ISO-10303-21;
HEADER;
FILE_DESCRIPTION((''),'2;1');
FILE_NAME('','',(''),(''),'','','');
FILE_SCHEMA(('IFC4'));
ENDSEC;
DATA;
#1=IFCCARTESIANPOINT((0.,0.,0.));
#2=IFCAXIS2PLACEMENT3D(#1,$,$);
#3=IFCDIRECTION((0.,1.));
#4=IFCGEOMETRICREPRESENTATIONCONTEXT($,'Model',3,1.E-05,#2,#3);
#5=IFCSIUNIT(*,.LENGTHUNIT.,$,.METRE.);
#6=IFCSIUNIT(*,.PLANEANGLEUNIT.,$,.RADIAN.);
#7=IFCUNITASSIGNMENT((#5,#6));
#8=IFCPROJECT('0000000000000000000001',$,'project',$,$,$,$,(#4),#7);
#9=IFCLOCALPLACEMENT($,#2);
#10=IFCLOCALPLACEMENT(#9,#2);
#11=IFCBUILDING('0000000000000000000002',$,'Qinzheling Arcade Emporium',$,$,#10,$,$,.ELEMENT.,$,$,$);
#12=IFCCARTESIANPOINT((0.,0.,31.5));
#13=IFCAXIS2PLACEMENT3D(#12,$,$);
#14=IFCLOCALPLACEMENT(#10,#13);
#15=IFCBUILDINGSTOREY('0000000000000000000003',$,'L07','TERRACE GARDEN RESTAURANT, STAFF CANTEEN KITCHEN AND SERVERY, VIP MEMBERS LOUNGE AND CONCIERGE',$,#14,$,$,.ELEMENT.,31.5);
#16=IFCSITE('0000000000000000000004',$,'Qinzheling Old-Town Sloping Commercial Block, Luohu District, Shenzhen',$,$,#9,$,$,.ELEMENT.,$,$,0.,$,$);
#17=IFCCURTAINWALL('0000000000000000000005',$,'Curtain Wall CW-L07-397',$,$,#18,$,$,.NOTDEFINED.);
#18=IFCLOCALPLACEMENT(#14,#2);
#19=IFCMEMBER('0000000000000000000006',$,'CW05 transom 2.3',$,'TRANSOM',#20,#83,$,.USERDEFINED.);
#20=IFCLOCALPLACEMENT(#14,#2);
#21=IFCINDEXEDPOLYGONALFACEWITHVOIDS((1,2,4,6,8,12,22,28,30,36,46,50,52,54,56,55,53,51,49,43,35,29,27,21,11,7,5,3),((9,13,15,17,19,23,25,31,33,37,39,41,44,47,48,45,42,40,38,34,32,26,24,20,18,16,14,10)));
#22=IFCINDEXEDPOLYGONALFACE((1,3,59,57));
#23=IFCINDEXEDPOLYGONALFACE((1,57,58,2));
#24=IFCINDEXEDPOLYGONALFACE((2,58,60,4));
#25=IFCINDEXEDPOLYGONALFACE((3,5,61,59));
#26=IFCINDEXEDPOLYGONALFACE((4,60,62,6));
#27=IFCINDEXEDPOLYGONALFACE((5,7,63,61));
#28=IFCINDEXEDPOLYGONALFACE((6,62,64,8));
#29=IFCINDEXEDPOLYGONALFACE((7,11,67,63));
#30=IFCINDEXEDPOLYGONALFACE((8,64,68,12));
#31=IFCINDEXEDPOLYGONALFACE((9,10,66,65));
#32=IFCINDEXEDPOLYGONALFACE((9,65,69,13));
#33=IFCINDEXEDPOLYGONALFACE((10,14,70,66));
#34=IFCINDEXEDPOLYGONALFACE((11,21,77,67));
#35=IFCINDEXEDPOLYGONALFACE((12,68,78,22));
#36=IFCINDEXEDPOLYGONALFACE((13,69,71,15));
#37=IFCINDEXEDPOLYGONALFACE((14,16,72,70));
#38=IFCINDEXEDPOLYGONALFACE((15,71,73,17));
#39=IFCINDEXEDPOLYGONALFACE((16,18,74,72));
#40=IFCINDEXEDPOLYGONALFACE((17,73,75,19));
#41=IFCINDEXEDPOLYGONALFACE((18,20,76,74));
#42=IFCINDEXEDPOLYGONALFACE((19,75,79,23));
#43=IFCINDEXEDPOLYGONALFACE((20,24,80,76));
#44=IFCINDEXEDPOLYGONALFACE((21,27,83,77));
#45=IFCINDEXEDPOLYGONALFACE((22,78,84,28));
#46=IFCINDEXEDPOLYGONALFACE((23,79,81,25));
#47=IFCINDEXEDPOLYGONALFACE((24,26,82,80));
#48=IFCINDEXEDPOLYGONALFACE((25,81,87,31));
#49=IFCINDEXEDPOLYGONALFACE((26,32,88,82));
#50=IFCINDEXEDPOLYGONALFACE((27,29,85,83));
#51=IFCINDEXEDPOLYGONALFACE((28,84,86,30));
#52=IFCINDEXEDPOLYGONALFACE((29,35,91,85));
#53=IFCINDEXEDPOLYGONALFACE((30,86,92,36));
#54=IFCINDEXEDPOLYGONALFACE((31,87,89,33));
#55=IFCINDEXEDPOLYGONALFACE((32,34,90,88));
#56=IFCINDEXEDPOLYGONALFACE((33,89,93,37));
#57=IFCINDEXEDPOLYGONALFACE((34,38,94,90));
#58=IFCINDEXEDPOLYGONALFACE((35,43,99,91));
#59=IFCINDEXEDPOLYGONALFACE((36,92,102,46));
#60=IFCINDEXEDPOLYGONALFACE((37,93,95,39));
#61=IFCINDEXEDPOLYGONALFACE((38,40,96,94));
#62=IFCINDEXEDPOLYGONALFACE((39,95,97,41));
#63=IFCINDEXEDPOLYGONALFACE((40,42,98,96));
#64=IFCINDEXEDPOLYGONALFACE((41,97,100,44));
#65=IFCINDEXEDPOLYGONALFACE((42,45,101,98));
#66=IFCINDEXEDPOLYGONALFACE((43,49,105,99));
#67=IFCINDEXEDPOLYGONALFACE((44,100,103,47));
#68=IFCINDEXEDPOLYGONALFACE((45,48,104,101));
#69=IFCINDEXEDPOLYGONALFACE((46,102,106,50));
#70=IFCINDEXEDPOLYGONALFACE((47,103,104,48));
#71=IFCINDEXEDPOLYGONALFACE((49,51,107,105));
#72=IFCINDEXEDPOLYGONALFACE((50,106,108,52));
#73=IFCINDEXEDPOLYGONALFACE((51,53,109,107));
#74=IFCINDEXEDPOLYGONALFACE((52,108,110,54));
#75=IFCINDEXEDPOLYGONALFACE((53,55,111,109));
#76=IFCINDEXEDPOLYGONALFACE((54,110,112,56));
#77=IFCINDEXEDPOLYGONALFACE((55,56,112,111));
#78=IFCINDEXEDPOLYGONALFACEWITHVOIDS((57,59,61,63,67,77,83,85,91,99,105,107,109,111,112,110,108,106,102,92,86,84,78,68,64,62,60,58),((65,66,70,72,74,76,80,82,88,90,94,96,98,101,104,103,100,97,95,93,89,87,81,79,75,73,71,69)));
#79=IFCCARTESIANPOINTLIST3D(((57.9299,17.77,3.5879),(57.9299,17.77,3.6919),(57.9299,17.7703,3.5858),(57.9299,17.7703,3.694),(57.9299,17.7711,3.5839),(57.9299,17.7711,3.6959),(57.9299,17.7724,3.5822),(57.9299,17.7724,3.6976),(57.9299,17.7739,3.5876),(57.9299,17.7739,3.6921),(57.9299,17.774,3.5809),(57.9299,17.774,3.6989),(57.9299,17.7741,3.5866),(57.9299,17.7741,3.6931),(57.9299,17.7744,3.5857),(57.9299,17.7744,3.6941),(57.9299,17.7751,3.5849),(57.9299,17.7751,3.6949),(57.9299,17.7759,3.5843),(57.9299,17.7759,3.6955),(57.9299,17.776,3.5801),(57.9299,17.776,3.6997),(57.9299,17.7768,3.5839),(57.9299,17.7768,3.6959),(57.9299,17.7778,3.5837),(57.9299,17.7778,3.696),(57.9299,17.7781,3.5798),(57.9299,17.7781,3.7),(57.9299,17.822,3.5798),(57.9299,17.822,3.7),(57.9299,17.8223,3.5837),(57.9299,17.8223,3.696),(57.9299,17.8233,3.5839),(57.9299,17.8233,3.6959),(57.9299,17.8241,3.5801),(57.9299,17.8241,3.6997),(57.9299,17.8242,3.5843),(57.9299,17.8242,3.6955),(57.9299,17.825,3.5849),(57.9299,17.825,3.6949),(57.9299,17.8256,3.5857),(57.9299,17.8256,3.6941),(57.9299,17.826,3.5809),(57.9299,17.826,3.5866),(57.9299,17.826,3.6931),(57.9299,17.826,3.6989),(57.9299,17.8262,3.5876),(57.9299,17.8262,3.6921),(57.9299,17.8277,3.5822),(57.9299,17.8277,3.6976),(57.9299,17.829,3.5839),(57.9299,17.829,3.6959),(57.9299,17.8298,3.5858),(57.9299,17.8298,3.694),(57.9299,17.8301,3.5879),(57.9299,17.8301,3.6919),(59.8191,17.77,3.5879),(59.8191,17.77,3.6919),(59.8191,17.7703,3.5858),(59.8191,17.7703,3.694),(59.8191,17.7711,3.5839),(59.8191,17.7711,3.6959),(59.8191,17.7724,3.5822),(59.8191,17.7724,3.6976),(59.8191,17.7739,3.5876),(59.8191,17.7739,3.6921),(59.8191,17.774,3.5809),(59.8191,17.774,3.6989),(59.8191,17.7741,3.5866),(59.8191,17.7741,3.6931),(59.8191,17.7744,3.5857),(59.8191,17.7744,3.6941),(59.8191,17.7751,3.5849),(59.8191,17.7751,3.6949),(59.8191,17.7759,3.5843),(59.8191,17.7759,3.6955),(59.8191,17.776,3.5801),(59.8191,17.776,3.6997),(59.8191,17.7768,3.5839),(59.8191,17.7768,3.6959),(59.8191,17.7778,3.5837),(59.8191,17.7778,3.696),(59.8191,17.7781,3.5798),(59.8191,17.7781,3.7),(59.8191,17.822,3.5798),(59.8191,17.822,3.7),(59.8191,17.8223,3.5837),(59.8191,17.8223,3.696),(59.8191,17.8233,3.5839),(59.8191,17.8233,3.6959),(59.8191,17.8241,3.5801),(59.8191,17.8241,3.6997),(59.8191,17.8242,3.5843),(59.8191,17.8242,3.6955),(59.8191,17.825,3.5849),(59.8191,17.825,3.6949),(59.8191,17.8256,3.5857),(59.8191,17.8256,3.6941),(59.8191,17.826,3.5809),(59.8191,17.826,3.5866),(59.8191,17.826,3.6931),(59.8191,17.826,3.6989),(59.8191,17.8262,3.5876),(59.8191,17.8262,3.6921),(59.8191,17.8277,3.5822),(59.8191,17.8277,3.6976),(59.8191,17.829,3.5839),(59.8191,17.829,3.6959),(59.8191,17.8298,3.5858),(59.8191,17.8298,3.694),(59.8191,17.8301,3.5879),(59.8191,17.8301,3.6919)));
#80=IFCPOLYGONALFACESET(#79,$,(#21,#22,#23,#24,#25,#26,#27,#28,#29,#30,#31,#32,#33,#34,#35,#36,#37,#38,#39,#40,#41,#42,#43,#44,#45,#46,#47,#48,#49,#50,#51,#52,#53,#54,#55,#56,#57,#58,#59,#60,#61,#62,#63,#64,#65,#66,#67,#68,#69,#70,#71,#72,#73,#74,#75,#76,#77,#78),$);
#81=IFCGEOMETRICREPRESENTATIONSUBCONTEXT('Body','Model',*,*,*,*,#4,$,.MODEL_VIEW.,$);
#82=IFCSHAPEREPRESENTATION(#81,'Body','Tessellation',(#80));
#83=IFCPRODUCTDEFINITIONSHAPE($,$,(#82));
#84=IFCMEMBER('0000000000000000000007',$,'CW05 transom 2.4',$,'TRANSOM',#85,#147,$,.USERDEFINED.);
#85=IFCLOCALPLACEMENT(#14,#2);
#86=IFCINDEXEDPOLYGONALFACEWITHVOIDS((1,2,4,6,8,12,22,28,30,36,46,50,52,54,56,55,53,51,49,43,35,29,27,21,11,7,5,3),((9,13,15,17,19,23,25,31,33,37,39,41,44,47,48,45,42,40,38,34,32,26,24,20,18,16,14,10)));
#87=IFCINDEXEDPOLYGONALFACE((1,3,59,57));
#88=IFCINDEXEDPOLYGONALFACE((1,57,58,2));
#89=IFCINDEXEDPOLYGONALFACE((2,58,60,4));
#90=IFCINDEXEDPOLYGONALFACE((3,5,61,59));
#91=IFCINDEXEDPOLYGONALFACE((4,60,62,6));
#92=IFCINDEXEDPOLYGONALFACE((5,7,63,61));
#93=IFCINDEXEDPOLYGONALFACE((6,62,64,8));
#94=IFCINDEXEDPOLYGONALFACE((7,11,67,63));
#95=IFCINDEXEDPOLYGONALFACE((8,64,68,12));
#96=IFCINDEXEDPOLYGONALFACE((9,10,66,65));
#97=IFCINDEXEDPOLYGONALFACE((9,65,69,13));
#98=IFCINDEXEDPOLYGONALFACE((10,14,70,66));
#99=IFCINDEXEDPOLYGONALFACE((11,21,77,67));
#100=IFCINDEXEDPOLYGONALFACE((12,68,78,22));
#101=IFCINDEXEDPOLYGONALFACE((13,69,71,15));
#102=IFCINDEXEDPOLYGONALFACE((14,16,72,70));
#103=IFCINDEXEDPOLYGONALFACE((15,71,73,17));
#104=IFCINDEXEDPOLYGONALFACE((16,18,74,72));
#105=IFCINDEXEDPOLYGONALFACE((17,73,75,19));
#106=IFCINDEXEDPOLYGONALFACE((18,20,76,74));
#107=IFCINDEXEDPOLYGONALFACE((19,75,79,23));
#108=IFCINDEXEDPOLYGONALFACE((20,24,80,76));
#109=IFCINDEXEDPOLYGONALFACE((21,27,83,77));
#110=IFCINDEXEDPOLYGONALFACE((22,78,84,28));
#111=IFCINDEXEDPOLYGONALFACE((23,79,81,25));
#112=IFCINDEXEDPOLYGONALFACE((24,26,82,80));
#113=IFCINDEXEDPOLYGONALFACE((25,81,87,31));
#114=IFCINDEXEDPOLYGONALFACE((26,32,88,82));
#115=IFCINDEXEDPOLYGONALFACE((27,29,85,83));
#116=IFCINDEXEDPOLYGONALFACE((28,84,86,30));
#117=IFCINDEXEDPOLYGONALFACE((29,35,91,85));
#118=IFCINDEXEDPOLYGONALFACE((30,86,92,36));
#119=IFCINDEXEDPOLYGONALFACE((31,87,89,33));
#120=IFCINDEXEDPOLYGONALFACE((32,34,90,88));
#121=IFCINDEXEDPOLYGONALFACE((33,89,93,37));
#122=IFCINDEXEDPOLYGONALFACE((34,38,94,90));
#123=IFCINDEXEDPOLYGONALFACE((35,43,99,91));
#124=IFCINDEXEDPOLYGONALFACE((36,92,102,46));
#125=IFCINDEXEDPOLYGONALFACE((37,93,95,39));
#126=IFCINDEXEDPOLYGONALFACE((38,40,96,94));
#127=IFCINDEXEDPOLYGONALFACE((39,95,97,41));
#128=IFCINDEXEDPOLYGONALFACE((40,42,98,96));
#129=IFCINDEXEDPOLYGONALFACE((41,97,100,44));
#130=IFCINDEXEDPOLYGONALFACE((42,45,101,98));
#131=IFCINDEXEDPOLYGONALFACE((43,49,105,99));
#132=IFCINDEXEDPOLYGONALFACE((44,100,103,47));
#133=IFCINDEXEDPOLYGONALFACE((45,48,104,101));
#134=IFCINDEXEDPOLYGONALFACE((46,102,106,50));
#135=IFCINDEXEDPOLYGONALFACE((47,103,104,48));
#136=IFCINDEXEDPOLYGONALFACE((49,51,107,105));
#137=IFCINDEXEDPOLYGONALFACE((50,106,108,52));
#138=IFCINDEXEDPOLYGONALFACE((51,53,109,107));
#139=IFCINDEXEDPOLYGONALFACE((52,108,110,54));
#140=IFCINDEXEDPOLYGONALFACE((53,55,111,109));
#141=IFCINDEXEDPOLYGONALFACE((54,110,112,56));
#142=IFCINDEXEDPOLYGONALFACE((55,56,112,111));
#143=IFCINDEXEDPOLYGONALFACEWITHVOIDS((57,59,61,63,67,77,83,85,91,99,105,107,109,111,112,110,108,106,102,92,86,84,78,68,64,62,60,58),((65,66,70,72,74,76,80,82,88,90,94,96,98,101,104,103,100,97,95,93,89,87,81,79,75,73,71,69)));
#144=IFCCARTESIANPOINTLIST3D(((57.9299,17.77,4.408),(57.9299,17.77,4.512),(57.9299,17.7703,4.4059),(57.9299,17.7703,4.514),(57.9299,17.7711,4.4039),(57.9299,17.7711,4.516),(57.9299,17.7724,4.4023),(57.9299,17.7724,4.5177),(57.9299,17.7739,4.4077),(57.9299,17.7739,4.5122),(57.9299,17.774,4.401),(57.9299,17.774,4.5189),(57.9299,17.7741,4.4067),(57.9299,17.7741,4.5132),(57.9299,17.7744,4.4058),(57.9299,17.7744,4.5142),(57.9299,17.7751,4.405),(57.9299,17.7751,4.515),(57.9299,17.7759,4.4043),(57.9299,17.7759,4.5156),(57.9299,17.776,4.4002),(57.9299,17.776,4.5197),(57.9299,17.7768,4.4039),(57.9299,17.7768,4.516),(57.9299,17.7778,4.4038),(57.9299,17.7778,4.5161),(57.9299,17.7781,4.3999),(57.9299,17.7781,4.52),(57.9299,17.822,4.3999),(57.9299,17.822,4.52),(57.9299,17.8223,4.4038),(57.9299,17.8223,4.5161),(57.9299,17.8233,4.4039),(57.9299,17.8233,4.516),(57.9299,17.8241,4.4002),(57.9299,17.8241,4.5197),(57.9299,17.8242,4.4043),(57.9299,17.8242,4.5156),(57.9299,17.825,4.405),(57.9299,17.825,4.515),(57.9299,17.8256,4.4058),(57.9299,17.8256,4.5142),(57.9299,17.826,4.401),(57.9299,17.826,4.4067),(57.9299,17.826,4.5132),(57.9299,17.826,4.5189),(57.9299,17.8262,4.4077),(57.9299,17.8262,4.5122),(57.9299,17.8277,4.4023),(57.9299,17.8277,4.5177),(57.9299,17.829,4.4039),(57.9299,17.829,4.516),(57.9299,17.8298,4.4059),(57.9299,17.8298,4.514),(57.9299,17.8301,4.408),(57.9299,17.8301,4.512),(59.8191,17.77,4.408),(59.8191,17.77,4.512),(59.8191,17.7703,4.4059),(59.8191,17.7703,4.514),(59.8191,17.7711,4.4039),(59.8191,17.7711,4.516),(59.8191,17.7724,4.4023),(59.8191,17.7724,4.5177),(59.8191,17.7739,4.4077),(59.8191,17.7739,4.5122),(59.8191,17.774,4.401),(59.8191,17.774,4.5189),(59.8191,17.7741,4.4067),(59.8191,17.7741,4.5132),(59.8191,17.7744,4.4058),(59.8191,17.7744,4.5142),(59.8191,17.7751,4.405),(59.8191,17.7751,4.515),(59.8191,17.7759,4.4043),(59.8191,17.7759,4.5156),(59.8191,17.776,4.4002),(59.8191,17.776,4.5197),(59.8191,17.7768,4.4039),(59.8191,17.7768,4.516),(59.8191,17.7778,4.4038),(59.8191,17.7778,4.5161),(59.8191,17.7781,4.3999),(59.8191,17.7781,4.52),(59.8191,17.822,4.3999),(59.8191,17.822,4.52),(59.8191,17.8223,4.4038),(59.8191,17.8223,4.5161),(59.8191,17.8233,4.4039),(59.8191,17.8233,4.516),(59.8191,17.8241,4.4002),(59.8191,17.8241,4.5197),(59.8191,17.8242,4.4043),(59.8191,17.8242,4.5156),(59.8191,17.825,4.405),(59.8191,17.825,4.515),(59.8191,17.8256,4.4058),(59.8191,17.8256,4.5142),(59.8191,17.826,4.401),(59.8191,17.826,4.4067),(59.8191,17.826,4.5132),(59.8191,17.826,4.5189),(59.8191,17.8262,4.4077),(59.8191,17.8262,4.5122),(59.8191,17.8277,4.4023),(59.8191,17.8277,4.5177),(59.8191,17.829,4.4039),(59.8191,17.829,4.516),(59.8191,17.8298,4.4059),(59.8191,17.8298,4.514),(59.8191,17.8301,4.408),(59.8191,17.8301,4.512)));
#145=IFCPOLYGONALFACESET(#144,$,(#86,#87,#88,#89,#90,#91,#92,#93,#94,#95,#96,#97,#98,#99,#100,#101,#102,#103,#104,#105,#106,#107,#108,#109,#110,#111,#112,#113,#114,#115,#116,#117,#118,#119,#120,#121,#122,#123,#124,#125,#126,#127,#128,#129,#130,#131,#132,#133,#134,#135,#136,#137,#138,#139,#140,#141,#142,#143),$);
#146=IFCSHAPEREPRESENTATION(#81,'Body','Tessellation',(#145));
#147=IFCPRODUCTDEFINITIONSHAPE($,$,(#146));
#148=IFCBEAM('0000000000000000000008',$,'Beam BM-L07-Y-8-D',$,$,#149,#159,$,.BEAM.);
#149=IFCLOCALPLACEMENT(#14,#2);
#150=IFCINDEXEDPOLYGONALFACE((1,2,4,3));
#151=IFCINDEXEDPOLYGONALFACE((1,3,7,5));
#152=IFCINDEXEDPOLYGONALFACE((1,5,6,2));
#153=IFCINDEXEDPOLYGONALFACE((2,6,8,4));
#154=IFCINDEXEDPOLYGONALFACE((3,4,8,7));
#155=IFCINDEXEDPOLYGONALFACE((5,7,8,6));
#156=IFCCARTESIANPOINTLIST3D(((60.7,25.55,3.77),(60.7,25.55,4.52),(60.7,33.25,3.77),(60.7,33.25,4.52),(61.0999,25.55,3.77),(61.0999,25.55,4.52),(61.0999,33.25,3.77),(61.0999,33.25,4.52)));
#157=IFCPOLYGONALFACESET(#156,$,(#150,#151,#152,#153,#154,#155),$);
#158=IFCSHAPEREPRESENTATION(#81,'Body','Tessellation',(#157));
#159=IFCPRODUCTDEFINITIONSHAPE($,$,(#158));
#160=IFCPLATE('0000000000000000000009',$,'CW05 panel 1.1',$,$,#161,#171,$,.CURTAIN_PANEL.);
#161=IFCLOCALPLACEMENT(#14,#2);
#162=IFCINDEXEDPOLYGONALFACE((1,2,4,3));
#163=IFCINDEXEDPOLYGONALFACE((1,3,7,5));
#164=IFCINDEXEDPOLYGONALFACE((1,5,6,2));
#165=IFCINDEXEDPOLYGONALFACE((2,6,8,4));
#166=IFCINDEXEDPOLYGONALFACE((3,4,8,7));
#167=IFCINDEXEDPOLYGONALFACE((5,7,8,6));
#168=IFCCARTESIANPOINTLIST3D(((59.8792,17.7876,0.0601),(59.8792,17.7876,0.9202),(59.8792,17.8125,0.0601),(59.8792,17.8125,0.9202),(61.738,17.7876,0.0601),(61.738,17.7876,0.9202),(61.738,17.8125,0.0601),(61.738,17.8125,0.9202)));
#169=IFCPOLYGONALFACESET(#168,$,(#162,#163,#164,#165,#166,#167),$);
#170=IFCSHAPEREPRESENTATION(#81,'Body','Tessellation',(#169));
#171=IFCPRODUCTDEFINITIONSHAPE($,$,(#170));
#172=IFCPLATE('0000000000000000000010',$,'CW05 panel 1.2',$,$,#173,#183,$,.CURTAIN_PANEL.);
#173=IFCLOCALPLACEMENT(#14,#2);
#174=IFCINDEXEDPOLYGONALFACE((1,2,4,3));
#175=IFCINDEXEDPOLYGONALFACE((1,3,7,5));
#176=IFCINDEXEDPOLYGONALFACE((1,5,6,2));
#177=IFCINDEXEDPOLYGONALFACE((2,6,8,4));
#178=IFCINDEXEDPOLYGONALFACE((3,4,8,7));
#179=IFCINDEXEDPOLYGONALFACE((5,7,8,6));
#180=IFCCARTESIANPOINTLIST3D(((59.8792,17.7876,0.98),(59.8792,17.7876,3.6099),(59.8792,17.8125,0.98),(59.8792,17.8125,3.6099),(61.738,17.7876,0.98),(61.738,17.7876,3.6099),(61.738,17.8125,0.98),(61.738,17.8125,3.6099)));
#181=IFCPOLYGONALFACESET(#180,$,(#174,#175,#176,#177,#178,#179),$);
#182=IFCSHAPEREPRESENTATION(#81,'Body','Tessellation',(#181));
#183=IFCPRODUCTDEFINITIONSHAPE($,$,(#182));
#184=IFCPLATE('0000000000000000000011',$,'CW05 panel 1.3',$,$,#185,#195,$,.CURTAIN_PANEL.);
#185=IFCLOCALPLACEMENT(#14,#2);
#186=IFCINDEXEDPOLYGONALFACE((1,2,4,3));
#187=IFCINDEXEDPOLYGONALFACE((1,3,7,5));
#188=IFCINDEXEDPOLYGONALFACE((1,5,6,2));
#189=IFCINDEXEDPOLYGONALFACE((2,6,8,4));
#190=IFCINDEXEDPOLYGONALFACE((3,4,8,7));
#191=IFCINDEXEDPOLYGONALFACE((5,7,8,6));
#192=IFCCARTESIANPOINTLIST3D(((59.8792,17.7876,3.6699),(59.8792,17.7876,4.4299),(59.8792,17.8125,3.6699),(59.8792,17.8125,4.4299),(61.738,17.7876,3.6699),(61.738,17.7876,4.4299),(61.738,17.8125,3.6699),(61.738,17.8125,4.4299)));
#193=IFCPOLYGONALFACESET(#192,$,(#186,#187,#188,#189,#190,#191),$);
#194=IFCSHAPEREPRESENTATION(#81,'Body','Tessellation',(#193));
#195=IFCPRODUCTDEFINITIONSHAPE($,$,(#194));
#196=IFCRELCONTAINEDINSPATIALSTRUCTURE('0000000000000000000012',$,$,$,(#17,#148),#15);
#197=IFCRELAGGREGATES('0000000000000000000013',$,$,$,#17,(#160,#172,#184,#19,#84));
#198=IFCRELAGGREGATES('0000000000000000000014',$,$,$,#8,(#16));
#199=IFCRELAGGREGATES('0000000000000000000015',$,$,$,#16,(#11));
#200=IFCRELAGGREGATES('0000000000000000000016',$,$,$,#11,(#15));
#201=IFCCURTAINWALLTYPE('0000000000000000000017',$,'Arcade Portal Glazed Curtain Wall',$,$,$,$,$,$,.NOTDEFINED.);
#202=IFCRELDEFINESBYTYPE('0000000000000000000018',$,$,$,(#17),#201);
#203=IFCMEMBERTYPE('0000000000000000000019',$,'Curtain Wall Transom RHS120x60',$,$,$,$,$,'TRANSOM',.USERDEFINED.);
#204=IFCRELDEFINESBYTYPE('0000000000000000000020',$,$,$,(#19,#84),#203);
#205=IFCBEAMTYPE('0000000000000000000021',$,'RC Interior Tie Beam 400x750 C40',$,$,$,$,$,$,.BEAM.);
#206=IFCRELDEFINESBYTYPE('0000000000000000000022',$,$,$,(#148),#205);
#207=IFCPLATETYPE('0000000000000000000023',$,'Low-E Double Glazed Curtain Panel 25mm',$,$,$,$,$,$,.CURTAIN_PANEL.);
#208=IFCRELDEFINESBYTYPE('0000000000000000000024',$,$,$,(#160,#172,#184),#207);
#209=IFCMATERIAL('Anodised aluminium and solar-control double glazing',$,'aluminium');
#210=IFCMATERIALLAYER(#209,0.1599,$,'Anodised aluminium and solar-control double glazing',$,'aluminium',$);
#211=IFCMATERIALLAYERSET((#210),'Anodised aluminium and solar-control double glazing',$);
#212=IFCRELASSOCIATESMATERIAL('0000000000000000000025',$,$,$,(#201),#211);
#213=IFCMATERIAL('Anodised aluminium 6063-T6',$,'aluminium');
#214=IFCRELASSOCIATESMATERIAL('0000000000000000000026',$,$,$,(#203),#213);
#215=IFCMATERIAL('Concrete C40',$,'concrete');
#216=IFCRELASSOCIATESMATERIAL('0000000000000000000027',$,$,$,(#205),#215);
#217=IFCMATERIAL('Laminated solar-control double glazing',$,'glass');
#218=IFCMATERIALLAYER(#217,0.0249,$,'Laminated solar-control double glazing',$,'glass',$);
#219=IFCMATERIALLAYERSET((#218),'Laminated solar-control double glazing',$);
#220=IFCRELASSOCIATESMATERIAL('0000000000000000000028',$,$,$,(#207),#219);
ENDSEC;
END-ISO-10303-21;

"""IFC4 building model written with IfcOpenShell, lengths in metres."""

from ifc_helpers import new_model, si_unit, direction, frame, origin, origin_2d, place, context, subcontext, project, spatial, rectangle, hollow_rectangle, extrude, material, layer, layer_set, material_profile, profile_set, type_object, element, aggregate, save


model = new_model("IFC4")

# Units and contexts
model_context = context("Model", 3, precision=1e-05, world=origin(), true_north=direction((0.0, 1.0)))
body_context = subcontext(model_context, "Body", "Model", "MODEL_VIEW")
ifc_project = project(units=[si_unit("LENGTHUNIT", "METRE"), si_unit("PLANEANGLEUNIT", "RADIAN")], contexts=[model_context])

# Site, building, storey
site_placement = place(None, origin())
site = spatial("IfcSite", under=ifc_project, at=site_placement, Name="Qinzheling Old-Town Sloping Commercial Block, Luohu District, Shenzhen", CompositionType="ELEMENT", RefElevation=0.0)
building_placement = place(site_placement, origin())
building = spatial("IfcBuilding", under=site, at=building_placement, Name="Qinzheling Arcade Emporium", CompositionType="ELEMENT")
storey_placement = place(building_placement, frame((0.0, 0.0, 31.5)))
storey = spatial("IfcBuildingStorey", under=building, at=storey_placement, Name="L07", Description="TERRACE GARDEN RESTAURANT, STAFF CANTEEN KITCHEN AND SERVERY, VIP MEMBERS LOUNGE AND CONCIERGE", CompositionType="ELEMENT", Elevation=31.5)

# Shared definitions
ifc_material_1 = material(Name="Concrete C40", Category="concrete")

# Curtain wall, members
ifc_material_2 = material(Name="Anodised aluminium and solar-control double glazing", Category="aluminium")
ifc_layer_1 = layer(ifc_material_2, 0.1599, Name="Anodised aluminium and solar-control double glazing", Category="aluminium")
ifc_layer_set_1 = layer_set([ifc_layer_1], Name="Anodised aluminium and solar-control double glazing")
curtain_wall_type = type_object("IfcCurtainWallType", Name="Arcade Portal Glazed Curtain Wall", PredefinedType="NOTDEFINED", material=ifc_layer_set_1)
curtain_wall_placement = place(storey_placement, origin())
curtain_wall = element("IfcCurtainWall", 1, at=curtain_wall_placement, inside=storey, type_object=curtain_wall_type, Name="Curtain Wall CW-L07-397", PredefinedType="NOTDEFINED")
ifc_material_3 = material(Name="Anodised aluminium 6063-T6", Category="aluminium")
ifc_material_profile_1 = material_profile(ifc_material_3, hollow_rectangle(XDim=0.0601, YDim=0.1201, WallThickness=0.0039, InnerFilletRadius=0.0039, OuterFilletRadius=0.0081, at=origin_2d()), Name="RHS 120x60x4", Category="aluminium")
ifc_profile_set_1 = profile_set([ifc_material_profile_1], Name="Anodised aluminium 6063-T6")
member_type_1 = type_object("IfcMemberType", Name="Curtain Wall Transom RHS120x60", ElementType="TRANSOM", PredefinedType="USERDEFINED", material=ifc_profile_set_1)
member_1_placement = place(storey_placement, frame((59.8191, 17.8, 3.6399), z_axis=(-1.0, 0.0, 0.0), x_axis=(0.0, -1.0, 0.0)))
member_1 = element("IfcMember", 2, at=member_1_placement, type_object=member_type_1, Name="CW05 transom 2.3", ObjectType="TRANSOM", PredefinedType="USERDEFINED", context=body_context, shape_type="SweptSolid", body=[
    extrude(hollow_rectangle(XDim=0.0601, YDim=0.1201, WallThickness=0.0039, InnerFilletRadius=0.0039, OuterFilletRadius=0.0081, at=origin_2d()), origin(), (0.0, 0.0, 1.0), 1.8892),
])
member_2_placement = place(storey_placement, frame((59.8191, 17.8, 4.46), z_axis=(-1.0, 0.0, 0.0), x_axis=(0.0, -1.0, 0.0)))
member_2 = element("IfcMember", 3, at=member_2_placement, type_object=member_type_1, Name="CW05 transom 2.4", ObjectType="TRANSOM", PredefinedType="USERDEFINED", context=body_context, shape_type="SweptSolid", body=[
    extrude(hollow_rectangle(XDim=0.0601, YDim=0.1201, WallThickness=0.0039, InnerFilletRadius=0.0039, OuterFilletRadius=0.0081, at=origin_2d()), origin(), (0.0, 0.0, 1.0), 1.8892),
])

# Beam
ifc_material_profile_2 = material_profile(ifc_material_1, rectangle(XDim=0.3999, YDim=0.75, at=origin_2d()), Name="RC 400x750", Category="concrete")
ifc_profile_set_2 = profile_set([ifc_material_profile_2], Name="Concrete C40")
beam_type = type_object("IfcBeamType", Name="RC Interior Tie Beam 400x750 C40", PredefinedType="BEAM", material=ifc_profile_set_2)
beam_placement = place(storey_placement, frame((60.8999, 25.55, 4.145), z_axis=(0.0, 1.0, 0.0), x_axis=(-1.0, 0.0, 0.0)))
element("IfcBeam", 4, at=beam_placement, inside=storey, type_object=beam_type, Name="Beam BM-L07-Y-8-D", PredefinedType="BEAM", context=body_context, shape_type="SweptSolid", body=[
    extrude(rectangle(XDim=0.3999, YDim=0.75, at=origin_2d()), origin(), (0.0, 0.0, 1.0), 7.7),
])

# Plates
ifc_material_4 = material(Name="Laminated solar-control double glazing", Category="glass")
ifc_layer_2 = layer(ifc_material_4, 0.0249, Name="Laminated solar-control double glazing", Category="glass")
ifc_layer_set_2 = layer_set([ifc_layer_2], Name="Laminated solar-control double glazing")
plate_type = type_object("IfcPlateType", Name="Low-E Double Glazed Curtain Panel 25mm", PredefinedType="CURTAIN_PANEL", material=ifc_layer_set_2)
plate_1_placement = place(storey_placement, frame((60.8086, 17.8, 0.0601), z_axis=(0.0, 0.0, 1.0), x_axis=(-1.0, 0.0, 0.0)))
plate_1 = element("IfcPlate", 5, at=plate_1_placement, type_object=plate_type, Name="CW05 panel 1.1", PredefinedType="CURTAIN_PANEL", context=body_context, shape_type="SweptSolid", body=[
    extrude(rectangle(XDim=1.8589, YDim=0.0249, at=origin_2d()), origin(), (0.0, 0.0, 1.0), 0.8601),
])
plate_2_placement = place(storey_placement, frame((60.8086, 17.8, 0.98), z_axis=(0.0, 0.0, 1.0), x_axis=(-1.0, 0.0, 0.0)))
plate_2 = element("IfcPlate", 6, at=plate_2_placement, type_object=plate_type, Name="CW05 panel 1.2", PredefinedType="CURTAIN_PANEL", context=body_context, shape_type="SweptSolid", body=[
    extrude(rectangle(XDim=1.8589, YDim=0.0249, at=origin_2d()), origin(), (0.0, 0.0, 1.0), 2.6299),
])
plate_3_placement = place(storey_placement, frame((60.8086, 17.8, 3.6699), z_axis=(0.0, 0.0, 1.0), x_axis=(-1.0, 0.0, 0.0)))
plate_3 = element("IfcPlate", 7, at=plate_3_placement, type_object=plate_type, Name="CW05 panel 1.3", PredefinedType="CURTAIN_PANEL", context=body_context, shape_type="SweptSolid", body=[
    extrude(rectangle(XDim=1.8589, YDim=0.0249, at=origin_2d()), origin(), (0.0, 0.0, 1.0), 0.76),
])
aggregate(curtain_wall, [plate_1, plate_2, plate_3, member_1, member_2])

save(model, "model.ifc")
